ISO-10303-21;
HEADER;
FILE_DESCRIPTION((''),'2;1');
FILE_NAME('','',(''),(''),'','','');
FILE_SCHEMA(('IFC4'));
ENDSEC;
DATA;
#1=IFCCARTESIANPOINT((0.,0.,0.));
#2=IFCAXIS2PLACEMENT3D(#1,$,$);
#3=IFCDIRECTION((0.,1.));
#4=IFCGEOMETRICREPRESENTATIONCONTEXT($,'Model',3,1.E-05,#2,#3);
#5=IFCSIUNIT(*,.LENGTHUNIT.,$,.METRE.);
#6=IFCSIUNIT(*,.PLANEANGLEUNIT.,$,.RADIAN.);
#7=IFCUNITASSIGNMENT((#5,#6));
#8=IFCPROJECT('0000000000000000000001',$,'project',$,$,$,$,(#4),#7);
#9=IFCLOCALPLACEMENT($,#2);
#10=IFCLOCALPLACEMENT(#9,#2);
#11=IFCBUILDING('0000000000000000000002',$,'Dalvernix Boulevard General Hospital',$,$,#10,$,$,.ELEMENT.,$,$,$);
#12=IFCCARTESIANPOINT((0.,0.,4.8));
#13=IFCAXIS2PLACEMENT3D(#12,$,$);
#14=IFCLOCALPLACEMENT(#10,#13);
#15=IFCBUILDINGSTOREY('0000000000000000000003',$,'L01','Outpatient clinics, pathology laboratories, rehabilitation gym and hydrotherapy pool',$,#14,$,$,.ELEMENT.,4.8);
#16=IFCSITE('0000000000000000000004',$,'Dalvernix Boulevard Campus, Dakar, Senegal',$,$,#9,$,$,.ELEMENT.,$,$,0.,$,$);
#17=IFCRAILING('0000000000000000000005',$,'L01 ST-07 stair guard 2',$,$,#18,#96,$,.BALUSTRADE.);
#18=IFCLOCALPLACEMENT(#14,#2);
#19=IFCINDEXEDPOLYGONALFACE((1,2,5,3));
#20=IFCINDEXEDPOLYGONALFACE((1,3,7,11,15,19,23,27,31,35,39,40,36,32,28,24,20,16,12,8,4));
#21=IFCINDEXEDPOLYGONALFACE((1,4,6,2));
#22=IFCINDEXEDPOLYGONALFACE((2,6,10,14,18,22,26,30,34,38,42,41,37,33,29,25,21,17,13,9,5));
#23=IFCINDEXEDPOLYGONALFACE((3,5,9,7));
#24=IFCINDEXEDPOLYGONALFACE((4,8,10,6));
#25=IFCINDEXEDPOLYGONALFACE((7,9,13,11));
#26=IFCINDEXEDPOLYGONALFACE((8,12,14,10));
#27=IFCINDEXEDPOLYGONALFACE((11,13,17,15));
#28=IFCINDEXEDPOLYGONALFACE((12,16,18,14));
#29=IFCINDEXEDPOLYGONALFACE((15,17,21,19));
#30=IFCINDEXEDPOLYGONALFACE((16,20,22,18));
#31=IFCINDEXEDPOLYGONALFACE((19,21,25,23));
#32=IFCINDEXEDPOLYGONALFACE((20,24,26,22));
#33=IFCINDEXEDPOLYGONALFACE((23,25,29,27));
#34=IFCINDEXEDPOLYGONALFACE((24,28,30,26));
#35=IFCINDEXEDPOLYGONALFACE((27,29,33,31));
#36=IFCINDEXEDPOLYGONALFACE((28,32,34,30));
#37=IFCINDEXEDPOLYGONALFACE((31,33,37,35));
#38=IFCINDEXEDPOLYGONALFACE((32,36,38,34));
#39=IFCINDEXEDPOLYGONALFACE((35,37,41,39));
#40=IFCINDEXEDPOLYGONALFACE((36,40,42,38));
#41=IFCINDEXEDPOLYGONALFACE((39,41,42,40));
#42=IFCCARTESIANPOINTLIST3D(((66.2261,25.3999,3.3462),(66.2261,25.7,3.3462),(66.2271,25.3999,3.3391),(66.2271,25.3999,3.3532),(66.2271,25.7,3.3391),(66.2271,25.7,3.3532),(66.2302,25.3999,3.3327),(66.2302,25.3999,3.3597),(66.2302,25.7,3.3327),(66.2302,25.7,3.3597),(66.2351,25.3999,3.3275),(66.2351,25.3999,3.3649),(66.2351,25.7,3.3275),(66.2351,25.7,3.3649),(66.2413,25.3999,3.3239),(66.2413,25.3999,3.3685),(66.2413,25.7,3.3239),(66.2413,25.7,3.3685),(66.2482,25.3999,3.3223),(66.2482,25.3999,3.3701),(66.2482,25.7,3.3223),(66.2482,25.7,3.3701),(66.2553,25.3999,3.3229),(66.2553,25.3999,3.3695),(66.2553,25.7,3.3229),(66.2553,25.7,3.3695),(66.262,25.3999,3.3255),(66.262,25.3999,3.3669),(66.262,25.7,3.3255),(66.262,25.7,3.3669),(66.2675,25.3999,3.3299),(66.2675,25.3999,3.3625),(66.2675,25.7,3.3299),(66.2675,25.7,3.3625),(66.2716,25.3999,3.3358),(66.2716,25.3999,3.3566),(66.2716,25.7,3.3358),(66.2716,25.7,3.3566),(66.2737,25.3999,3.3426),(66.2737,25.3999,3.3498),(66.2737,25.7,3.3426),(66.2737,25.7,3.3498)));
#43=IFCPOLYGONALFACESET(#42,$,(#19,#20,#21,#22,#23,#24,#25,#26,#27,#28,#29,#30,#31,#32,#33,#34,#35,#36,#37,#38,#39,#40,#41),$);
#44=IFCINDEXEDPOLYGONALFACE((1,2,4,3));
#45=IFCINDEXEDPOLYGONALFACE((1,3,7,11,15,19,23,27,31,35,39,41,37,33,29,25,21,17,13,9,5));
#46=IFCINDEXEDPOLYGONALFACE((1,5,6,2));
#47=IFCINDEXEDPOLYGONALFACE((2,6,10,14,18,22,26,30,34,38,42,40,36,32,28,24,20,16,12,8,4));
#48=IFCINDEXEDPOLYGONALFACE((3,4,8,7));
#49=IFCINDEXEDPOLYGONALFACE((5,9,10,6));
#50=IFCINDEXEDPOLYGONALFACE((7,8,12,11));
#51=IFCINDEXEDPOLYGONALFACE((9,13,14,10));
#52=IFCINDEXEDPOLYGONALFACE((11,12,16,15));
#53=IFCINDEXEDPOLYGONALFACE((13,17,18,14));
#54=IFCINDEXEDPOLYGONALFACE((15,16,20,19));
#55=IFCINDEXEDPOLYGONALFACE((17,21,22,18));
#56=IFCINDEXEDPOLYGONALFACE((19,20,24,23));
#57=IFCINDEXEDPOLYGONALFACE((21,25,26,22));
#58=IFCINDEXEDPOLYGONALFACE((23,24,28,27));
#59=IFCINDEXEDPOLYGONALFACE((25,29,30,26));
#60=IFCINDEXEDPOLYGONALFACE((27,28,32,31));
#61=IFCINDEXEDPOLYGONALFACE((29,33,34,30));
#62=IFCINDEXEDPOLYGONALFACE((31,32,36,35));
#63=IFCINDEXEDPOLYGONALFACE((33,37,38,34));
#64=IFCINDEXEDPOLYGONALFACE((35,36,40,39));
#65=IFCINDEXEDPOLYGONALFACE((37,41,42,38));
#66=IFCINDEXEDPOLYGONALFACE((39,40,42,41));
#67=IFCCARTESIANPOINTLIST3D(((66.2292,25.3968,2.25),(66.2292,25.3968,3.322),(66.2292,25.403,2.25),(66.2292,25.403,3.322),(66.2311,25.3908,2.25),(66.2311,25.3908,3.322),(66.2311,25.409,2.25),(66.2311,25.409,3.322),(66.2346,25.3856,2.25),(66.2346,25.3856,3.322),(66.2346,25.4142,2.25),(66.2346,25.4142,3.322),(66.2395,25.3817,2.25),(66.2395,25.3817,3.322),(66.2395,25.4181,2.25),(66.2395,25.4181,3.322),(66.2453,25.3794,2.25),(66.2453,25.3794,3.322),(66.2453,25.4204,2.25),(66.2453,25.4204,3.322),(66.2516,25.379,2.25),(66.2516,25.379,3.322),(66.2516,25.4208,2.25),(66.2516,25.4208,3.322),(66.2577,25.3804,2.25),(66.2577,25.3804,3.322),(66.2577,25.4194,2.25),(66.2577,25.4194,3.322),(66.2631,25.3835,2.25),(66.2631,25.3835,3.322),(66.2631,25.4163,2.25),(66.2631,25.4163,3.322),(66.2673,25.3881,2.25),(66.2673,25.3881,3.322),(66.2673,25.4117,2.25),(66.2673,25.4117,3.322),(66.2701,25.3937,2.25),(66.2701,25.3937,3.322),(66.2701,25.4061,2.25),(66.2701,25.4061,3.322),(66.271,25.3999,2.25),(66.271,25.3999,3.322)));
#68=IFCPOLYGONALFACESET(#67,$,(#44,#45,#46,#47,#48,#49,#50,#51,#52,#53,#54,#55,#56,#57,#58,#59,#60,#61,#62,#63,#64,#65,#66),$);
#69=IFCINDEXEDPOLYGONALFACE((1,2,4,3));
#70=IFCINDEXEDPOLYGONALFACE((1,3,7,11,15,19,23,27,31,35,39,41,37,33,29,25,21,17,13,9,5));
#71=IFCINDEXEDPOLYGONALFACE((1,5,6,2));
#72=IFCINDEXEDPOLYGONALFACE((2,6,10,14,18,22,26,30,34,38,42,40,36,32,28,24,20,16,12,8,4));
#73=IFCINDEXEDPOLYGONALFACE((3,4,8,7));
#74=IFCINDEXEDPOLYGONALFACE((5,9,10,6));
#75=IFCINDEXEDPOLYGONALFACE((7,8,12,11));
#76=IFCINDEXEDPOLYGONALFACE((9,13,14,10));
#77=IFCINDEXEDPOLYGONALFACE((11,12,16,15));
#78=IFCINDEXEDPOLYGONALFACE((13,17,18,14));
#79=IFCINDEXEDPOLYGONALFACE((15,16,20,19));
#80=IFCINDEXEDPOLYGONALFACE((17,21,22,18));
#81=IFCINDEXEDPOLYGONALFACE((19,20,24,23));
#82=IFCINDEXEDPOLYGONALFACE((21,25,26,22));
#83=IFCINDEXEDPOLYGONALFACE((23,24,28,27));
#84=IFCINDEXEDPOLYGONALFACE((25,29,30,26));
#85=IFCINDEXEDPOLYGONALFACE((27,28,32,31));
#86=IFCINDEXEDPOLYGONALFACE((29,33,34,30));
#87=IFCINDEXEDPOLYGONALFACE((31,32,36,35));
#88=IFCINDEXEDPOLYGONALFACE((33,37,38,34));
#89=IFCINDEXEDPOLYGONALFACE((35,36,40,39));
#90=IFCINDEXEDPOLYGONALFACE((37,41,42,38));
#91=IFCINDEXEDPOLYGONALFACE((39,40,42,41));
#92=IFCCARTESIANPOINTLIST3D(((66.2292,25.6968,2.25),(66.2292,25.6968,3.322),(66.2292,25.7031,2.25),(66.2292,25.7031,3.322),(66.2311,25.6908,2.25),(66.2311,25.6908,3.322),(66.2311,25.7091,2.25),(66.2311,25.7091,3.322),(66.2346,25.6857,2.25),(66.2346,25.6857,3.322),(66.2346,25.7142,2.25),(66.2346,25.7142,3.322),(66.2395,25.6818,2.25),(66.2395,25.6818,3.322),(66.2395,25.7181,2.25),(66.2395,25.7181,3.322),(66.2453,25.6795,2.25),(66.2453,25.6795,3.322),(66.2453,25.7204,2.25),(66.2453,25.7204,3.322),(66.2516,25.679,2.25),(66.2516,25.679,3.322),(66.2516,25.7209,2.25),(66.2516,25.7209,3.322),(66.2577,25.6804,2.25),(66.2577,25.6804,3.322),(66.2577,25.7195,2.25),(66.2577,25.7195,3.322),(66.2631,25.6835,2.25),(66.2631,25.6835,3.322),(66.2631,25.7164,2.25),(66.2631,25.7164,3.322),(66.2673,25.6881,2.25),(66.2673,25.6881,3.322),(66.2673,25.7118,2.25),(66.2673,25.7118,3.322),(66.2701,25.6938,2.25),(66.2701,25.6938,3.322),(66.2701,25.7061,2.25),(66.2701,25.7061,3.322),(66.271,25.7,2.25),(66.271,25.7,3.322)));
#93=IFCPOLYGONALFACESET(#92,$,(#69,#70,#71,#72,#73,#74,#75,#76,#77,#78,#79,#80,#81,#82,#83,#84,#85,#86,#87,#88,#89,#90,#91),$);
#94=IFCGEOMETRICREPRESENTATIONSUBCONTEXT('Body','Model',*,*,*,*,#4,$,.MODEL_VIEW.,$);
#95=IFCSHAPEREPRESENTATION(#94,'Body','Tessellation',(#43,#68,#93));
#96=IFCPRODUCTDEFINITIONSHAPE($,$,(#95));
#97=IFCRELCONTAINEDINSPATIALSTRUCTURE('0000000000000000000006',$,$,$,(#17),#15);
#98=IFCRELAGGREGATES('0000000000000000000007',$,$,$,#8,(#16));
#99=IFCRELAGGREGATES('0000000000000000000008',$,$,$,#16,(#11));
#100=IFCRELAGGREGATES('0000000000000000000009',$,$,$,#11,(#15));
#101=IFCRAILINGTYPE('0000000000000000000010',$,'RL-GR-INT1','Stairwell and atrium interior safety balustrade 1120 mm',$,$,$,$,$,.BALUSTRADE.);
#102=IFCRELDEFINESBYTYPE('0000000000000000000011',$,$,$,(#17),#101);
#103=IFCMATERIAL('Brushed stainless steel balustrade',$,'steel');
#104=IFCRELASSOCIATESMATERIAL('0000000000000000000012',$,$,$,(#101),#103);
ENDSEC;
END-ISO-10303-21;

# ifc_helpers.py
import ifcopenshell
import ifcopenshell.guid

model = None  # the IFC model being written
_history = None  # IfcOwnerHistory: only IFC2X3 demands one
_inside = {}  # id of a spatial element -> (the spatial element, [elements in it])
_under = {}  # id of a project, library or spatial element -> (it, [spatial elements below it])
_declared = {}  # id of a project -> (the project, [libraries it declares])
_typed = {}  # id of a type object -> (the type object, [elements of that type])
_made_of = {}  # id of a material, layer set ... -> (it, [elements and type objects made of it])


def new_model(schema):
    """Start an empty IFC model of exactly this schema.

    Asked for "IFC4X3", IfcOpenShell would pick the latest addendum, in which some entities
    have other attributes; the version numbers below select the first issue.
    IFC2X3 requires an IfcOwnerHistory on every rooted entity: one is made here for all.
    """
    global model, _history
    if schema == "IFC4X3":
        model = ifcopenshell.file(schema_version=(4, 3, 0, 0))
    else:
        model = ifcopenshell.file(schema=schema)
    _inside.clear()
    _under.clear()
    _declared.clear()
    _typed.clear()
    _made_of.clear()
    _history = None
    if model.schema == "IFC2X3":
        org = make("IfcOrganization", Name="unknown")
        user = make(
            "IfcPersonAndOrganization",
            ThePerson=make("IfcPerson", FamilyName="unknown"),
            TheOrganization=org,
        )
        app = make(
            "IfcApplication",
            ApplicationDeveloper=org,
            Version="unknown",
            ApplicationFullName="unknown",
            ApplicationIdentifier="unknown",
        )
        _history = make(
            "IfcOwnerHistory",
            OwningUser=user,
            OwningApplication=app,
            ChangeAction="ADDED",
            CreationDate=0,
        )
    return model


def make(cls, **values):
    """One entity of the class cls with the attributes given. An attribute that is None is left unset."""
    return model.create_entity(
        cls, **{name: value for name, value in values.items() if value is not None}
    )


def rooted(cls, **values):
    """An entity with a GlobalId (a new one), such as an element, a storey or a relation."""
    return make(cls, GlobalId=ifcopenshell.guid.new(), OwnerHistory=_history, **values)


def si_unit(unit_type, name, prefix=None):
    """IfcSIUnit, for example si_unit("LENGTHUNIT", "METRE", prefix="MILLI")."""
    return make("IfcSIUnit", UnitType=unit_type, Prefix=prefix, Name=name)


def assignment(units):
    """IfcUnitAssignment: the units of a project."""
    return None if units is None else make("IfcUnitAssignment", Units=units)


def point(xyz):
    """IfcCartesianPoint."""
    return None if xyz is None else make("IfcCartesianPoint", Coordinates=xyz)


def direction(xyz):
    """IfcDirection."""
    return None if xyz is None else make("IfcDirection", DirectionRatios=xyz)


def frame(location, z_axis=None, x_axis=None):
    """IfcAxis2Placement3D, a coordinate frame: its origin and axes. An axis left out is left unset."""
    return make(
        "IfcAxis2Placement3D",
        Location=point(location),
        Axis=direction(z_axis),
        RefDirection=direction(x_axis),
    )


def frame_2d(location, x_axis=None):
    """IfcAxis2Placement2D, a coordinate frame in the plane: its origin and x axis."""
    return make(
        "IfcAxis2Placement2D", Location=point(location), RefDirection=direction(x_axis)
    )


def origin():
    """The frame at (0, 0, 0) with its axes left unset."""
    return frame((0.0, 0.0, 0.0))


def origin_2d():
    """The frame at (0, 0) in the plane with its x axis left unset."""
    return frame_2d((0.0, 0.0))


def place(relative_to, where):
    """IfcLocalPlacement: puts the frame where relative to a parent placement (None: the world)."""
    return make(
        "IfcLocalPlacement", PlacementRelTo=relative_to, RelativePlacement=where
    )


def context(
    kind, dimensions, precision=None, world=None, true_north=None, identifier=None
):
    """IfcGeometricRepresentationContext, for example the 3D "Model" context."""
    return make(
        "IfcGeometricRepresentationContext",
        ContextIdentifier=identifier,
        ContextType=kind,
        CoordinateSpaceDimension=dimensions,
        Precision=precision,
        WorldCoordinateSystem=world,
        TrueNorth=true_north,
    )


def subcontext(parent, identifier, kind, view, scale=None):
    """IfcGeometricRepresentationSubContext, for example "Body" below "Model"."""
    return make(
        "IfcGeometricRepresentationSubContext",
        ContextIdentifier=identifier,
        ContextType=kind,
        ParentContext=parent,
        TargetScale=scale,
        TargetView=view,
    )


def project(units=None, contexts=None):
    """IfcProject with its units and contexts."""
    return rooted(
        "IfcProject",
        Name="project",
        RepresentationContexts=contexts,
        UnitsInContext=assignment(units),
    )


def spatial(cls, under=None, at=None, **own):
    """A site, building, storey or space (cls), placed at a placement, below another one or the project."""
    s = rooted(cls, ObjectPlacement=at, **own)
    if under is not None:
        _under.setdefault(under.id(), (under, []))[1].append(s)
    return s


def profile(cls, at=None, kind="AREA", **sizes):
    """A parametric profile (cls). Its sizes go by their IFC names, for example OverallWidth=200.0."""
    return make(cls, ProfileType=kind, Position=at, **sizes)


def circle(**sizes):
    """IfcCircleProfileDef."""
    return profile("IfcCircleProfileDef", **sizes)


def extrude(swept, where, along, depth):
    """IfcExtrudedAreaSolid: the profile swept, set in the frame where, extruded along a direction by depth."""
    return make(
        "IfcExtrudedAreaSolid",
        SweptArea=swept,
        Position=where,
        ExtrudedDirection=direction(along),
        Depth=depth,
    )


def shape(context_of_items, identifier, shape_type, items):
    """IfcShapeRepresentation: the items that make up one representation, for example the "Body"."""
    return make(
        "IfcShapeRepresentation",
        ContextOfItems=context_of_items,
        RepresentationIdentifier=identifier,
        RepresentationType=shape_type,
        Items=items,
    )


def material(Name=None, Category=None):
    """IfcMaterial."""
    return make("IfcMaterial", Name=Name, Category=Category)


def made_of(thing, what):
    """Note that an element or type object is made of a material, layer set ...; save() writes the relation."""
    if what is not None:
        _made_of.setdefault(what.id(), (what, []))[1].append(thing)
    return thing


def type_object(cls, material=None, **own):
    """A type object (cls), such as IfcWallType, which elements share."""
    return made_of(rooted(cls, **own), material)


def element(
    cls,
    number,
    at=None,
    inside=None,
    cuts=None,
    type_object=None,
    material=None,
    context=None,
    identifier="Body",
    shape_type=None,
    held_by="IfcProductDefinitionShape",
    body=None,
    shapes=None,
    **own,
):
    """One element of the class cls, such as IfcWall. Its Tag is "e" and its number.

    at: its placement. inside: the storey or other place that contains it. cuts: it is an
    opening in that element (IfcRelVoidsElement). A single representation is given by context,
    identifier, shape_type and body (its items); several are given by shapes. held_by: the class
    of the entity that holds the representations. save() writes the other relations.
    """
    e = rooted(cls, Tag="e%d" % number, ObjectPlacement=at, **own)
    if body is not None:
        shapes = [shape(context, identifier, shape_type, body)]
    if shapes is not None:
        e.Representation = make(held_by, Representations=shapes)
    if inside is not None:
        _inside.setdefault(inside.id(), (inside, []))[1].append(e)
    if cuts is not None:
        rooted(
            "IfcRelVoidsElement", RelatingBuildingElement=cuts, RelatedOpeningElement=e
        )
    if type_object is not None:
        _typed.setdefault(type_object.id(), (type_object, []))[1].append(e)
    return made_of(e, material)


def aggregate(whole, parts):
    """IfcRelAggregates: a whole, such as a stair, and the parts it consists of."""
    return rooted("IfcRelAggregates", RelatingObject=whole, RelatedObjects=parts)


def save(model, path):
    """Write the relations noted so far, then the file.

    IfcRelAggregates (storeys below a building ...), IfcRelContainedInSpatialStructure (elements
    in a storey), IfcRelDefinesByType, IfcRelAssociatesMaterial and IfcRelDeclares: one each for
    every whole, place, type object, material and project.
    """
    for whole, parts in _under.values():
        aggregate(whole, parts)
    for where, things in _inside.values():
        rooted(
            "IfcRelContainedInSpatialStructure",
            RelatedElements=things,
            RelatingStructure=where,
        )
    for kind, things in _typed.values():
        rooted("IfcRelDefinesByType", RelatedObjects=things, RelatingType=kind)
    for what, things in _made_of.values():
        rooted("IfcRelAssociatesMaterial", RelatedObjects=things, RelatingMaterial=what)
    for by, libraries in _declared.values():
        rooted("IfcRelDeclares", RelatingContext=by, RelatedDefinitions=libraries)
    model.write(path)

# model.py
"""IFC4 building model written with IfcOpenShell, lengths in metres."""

from ifc_helpers import new_model, si_unit, direction, frame, origin, origin_2d, place, context, subcontext, project, spatial, circle, extrude, material, type_object, element, save


model = new_model("IFC4")

# Units and contexts
model_context = context("Model", 3, precision=1e-05, world=origin(), true_north=direction((0.0, 1.0)))
body_context = subcontext(model_context, "Body", "Model", "MODEL_VIEW")
ifc_project = project(units=[si_unit("LENGTHUNIT", "METRE"), si_unit("PLANEANGLEUNIT", "RADIAN")], contexts=[model_context])

# Site, building, storey
site_placement = place(None, origin())
site = spatial("IfcSite", under=ifc_project, at=site_placement, Name="Dalvernix Boulevard Campus, Dakar, Senegal", CompositionType="ELEMENT", RefElevation=0.0)
building_placement = place(site_placement, origin())
building = spatial("IfcBuilding", under=site, at=building_placement, Name="Dalvernix Boulevard General Hospital", CompositionType="ELEMENT")
storey_placement = place(building_placement, frame((0.0, 0.0, 4.8)))
storey = spatial("IfcBuildingStorey", under=building, at=storey_placement, Name="L01", Description="Outpatient clinics, pathology laboratories, rehabilitation gym and hydrotherapy pool", CompositionType="ELEMENT", Elevation=4.8)

# Railing
ifc_material_1 = material(Name="Brushed stainless steel balustrade", Category="steel")
railing_type_1 = type_object("IfcRailingType", Name="RL-GR-INT1", Description="Stairwell and atrium interior safety balustrade 1120 mm", PredefinedType="BALUSTRADE", material=ifc_material_1)
railing_1_placement = place(storey_placement, frame((66.25, 25.3999, 2.25)))
element("IfcRailing", 1, at=railing_1_placement, inside=storey, type_object=railing_type_1, Name="L01 ST-07 stair guard 2", PredefinedType="BALUSTRADE", context=body_context, shape_type="SweptSolid", body=[
    extrude(circle(Radius=0.0239, at=origin_2d()), frame((0.0, 0.0, 1.0962), z_axis=(0.0, 1.0, 0.0), x_axis=(-1.0, 0.0, 0.0)), (0.0, 0.0, 1.0), 0.3),
    extrude(circle(Radius=0.021, at=origin_2d()), origin(), (0.0, 0.0, 1.0), 1.072),
    extrude(circle(Radius=0.021, at=origin_2d()), frame((0.0, 0.3, 0.0)), (0.0, 0.0, 1.0), 1.072),
])

save(model, "model.ifc")
